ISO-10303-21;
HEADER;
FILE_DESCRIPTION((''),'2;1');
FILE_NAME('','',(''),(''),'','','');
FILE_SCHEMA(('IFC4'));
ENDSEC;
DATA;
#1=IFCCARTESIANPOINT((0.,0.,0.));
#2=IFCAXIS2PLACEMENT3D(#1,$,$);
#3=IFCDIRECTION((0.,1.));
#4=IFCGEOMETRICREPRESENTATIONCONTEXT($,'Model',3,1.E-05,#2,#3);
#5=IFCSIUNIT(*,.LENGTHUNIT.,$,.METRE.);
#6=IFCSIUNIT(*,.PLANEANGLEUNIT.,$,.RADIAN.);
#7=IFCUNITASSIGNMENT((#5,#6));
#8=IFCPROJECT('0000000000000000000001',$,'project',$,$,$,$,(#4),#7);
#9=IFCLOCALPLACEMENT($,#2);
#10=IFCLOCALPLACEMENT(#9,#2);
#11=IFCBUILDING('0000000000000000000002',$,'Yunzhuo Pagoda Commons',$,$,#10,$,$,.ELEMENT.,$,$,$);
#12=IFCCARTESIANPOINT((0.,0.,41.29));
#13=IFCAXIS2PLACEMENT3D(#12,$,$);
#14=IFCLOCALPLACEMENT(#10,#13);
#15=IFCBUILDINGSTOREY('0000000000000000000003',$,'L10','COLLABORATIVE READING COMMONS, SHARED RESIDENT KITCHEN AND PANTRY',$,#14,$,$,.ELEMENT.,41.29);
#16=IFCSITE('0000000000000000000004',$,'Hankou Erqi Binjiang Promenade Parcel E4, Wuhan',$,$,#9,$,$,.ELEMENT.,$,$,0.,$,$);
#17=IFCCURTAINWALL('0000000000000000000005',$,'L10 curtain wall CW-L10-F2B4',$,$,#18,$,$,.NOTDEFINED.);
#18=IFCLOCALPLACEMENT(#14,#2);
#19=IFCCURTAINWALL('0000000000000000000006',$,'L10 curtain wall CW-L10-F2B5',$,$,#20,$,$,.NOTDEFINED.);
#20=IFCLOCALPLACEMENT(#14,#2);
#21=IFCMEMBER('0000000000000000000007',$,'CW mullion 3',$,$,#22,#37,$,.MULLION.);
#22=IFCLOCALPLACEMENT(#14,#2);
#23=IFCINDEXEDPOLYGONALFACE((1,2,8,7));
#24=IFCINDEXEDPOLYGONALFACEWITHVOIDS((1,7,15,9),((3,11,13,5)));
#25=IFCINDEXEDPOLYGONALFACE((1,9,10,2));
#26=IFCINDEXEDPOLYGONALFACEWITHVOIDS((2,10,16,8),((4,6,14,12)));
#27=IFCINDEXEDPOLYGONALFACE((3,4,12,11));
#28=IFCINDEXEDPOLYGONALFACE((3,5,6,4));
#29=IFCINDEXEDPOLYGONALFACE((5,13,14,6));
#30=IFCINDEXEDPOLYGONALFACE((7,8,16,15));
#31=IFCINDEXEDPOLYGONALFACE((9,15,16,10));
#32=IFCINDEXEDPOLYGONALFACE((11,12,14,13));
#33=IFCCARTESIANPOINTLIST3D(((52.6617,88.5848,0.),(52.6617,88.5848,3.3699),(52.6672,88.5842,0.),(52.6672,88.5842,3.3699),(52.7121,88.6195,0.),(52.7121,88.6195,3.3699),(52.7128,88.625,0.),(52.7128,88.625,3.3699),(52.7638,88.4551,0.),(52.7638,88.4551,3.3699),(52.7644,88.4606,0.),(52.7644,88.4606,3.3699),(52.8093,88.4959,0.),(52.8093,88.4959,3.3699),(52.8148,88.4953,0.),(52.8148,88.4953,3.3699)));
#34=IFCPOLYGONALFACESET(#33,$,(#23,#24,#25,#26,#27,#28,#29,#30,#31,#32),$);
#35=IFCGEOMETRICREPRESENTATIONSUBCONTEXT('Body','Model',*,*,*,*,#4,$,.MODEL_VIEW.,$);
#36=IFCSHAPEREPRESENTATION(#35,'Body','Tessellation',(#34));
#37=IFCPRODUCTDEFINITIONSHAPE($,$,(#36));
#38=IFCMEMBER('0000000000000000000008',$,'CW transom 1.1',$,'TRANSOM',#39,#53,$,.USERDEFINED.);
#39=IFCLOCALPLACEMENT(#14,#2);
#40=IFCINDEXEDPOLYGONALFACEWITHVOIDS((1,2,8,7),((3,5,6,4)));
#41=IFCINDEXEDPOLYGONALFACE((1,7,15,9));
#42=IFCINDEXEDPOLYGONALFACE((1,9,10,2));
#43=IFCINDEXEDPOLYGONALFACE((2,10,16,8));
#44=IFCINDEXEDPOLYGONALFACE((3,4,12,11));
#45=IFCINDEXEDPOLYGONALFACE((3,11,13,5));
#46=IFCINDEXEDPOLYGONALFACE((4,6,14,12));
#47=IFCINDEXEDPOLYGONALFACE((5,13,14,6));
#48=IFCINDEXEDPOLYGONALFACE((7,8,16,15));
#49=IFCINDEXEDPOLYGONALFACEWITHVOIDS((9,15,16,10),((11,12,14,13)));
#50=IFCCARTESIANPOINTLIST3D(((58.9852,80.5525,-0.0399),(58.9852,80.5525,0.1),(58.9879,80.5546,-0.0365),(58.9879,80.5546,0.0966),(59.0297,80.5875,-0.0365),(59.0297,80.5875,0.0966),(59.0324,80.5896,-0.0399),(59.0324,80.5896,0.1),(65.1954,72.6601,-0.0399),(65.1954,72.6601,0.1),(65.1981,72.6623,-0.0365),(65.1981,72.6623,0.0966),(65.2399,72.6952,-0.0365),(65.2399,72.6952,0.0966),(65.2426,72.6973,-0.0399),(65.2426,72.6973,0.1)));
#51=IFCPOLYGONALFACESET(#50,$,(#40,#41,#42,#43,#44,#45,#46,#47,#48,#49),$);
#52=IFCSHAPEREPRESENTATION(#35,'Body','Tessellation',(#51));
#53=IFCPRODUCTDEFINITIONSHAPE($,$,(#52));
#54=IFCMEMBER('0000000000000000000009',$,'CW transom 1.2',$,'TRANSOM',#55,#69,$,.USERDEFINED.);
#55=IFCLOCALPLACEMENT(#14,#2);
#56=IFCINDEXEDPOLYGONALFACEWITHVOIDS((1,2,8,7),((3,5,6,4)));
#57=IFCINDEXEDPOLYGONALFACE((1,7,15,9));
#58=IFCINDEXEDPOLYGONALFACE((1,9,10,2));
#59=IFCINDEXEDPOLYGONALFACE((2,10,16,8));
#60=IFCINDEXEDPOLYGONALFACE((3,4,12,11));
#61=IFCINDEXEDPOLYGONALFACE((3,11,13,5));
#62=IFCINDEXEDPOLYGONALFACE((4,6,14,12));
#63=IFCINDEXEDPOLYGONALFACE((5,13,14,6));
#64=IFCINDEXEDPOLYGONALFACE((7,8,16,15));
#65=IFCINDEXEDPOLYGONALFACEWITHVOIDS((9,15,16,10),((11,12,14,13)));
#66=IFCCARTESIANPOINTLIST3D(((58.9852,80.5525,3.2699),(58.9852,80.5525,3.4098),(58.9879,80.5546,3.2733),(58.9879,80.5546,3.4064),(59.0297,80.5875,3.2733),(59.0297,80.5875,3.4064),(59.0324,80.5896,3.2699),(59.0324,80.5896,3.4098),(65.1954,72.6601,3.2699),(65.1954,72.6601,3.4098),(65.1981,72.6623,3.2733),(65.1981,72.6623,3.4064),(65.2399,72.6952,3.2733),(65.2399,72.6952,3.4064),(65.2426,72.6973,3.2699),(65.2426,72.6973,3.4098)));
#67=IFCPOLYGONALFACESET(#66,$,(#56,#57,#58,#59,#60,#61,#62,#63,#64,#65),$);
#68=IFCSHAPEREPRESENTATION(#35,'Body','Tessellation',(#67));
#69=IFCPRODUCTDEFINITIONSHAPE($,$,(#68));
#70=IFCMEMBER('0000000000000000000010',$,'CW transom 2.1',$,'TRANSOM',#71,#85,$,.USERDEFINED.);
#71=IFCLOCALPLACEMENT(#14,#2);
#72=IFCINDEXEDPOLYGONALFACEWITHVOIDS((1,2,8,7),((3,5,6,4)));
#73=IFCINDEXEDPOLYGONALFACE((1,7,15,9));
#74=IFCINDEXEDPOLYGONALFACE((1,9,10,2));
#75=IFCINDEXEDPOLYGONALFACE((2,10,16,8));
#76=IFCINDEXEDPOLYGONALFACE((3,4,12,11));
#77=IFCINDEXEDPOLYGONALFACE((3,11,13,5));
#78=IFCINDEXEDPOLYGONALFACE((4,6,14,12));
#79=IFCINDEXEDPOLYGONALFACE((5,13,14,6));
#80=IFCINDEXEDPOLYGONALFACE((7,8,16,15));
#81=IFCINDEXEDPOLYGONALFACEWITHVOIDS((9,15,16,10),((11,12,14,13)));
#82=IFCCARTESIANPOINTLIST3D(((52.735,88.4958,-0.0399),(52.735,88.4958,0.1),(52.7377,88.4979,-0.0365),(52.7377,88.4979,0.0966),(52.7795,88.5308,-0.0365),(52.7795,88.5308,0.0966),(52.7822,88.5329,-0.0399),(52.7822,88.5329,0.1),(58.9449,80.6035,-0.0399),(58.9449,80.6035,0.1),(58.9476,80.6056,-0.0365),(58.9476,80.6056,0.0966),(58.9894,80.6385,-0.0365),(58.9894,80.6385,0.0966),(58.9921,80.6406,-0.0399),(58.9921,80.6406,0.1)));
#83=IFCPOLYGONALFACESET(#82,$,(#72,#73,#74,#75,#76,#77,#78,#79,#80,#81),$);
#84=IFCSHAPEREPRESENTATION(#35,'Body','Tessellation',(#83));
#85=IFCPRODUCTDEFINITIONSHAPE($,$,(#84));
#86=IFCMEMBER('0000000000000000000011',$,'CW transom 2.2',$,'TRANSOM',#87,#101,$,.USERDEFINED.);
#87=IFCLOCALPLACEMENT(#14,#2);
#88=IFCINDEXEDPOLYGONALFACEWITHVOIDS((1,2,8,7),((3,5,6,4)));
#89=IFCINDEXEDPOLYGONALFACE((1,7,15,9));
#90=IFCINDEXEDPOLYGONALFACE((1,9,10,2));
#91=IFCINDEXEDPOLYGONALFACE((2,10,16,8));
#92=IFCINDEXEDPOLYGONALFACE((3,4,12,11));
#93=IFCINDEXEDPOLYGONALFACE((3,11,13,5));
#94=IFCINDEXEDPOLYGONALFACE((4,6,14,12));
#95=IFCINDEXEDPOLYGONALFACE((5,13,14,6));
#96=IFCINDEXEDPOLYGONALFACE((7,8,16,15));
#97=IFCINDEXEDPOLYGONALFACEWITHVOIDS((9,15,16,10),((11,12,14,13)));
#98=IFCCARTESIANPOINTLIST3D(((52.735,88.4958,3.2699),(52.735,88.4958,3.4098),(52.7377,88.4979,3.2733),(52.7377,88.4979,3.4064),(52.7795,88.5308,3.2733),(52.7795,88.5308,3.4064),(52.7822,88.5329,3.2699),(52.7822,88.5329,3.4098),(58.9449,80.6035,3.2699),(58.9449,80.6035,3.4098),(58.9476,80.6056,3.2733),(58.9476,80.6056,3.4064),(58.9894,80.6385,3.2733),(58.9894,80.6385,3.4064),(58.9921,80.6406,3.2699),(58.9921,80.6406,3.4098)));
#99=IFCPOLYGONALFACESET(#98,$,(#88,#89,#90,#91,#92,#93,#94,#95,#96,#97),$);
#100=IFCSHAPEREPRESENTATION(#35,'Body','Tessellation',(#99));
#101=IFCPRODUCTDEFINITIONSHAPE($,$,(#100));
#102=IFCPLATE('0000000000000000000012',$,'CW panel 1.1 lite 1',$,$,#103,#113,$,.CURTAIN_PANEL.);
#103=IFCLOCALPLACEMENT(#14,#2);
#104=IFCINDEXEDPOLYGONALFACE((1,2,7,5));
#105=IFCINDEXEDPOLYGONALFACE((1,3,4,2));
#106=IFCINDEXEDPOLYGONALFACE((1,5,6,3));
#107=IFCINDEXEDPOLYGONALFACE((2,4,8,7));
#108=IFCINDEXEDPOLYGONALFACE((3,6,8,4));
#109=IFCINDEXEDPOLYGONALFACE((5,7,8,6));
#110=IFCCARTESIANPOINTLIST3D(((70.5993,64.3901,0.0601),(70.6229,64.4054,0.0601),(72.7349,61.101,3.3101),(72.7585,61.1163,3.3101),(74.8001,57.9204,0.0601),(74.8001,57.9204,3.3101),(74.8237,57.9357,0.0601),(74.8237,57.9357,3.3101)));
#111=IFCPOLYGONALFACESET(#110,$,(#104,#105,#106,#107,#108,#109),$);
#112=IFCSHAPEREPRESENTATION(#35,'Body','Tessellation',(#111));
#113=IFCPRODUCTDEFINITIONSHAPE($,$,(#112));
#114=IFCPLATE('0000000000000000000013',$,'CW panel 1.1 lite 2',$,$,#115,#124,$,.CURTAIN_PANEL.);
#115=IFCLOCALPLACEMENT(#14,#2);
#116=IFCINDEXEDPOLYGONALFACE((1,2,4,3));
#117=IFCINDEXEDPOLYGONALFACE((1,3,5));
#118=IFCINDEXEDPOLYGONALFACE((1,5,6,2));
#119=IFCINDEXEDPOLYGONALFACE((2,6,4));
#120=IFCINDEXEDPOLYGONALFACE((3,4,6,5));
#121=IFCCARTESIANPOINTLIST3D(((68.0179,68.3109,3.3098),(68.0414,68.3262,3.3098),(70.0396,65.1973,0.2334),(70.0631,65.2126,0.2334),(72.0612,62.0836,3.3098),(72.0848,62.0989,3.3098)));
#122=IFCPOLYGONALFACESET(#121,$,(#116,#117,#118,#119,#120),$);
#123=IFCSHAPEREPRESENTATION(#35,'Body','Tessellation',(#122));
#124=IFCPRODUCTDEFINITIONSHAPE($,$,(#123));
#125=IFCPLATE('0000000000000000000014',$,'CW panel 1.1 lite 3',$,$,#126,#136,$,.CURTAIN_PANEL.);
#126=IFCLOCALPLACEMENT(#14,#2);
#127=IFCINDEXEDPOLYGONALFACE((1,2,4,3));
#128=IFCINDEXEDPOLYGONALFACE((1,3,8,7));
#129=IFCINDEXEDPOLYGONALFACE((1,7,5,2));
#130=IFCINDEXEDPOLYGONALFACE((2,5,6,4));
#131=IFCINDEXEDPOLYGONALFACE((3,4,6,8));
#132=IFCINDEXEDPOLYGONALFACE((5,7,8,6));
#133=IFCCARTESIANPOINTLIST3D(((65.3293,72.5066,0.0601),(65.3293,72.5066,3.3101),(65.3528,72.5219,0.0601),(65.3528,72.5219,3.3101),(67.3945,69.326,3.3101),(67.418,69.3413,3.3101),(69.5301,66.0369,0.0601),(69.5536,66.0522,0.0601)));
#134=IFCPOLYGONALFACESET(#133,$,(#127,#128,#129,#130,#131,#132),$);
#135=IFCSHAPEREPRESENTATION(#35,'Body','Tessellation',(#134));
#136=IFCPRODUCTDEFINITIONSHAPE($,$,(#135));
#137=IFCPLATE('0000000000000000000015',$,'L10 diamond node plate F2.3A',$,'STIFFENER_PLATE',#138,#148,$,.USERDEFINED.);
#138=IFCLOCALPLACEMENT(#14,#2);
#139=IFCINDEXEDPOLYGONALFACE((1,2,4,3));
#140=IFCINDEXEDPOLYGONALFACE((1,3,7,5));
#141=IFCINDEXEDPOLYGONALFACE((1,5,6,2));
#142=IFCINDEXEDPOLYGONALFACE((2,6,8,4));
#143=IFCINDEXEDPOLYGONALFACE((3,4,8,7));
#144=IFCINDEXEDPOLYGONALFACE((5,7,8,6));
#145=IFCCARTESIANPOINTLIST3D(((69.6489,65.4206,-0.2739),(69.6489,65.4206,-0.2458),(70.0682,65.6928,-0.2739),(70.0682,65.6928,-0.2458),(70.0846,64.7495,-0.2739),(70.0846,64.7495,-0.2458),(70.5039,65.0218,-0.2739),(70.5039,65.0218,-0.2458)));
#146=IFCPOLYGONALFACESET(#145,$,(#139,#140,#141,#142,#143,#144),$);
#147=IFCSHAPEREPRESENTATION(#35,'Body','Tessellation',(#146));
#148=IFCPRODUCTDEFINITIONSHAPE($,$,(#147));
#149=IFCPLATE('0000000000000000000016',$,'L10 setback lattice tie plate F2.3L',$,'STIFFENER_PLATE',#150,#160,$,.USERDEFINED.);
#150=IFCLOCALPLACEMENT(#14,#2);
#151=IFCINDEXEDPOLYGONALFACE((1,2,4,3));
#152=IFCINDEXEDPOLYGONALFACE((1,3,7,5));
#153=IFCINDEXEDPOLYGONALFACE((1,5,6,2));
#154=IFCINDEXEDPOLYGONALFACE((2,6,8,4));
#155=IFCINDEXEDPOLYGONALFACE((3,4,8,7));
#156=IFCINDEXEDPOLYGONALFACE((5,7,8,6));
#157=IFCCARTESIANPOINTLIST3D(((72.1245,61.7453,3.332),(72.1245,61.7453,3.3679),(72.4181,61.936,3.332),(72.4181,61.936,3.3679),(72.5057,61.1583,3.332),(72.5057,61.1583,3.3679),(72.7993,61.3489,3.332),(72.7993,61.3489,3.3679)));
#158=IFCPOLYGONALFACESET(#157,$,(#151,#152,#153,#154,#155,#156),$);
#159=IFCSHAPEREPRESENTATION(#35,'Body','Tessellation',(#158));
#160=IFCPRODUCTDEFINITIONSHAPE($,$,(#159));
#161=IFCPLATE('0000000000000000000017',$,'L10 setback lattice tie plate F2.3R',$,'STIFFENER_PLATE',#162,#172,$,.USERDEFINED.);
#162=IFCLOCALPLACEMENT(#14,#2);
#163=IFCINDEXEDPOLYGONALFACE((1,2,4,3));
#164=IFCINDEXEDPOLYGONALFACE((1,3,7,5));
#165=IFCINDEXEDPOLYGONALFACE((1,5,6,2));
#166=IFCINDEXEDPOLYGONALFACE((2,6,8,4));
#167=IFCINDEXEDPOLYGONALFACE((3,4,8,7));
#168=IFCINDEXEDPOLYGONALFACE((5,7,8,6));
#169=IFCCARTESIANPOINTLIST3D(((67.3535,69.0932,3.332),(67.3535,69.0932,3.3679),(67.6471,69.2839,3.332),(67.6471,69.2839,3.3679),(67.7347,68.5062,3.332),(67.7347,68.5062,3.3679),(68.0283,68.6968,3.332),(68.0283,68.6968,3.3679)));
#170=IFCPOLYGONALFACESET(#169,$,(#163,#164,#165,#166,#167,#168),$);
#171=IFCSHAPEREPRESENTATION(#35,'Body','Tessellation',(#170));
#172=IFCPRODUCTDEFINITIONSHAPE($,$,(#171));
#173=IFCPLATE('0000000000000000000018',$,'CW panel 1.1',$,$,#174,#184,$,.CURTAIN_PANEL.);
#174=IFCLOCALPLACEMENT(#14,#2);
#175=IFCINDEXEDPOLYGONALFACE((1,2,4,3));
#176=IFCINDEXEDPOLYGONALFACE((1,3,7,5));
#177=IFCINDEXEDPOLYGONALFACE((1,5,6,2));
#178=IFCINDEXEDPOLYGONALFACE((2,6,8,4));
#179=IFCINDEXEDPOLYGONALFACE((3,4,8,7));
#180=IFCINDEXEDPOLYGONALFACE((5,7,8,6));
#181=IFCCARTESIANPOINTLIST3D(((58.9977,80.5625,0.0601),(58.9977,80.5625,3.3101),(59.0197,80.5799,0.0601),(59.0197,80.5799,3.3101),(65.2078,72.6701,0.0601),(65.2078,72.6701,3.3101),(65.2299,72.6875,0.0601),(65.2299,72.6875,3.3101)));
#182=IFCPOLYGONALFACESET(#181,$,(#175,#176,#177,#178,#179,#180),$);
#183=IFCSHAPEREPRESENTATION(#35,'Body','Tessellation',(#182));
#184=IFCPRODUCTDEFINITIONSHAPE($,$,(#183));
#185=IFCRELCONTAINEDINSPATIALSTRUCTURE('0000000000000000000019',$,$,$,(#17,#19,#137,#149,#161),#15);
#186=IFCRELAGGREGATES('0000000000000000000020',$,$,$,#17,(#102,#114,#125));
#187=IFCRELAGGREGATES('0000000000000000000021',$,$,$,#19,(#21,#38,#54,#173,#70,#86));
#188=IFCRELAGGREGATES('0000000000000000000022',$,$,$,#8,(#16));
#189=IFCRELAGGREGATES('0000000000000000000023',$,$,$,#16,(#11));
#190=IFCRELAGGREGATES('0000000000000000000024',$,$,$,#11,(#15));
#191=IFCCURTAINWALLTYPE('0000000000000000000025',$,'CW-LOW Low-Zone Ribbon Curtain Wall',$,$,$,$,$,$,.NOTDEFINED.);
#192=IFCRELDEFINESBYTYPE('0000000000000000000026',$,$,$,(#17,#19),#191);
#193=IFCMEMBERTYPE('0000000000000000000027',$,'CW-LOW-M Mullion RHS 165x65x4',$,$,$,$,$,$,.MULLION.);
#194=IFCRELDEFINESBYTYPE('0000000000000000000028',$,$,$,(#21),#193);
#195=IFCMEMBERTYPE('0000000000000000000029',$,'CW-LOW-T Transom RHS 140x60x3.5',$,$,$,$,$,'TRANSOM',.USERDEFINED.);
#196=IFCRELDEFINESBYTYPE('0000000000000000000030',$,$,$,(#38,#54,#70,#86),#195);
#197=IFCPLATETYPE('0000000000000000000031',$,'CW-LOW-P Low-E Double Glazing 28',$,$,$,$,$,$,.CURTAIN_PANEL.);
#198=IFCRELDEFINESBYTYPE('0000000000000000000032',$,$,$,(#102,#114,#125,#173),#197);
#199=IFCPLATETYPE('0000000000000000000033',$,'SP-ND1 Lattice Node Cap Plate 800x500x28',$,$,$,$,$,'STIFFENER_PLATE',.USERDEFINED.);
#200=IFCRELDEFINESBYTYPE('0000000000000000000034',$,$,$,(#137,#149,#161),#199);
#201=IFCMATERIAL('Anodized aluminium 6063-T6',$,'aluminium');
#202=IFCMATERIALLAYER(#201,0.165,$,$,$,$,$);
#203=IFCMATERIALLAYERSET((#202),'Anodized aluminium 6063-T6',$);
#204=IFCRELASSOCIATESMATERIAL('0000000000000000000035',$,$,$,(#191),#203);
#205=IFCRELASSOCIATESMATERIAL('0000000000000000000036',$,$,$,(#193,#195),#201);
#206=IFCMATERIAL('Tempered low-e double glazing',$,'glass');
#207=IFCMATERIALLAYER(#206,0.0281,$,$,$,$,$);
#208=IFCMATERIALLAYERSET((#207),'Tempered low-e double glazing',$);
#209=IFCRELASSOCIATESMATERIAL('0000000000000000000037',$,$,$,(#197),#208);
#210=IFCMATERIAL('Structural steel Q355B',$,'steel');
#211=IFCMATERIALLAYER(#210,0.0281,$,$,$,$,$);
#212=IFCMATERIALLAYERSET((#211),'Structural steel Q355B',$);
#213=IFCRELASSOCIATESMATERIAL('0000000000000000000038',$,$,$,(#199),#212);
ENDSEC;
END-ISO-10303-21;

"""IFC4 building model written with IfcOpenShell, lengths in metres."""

from ifc_helpers import new_model, si_unit, direction, frame, origin, origin_2d, place, context, subcontext, project, spatial, polyline, rectangle, hollow_rectangle, outline, extrude, source, transform, mapped, material, layer, layer_set, material_profile, profile_set, type_object, element, aggregate, save


model = new_model("IFC4")

# Units and contexts
model_context = context("Model", 3, precision=1e-05, world=origin(), true_north=direction((0.0, 1.0)))
body_context = subcontext(model_context, "Body", "Model", "MODEL_VIEW")
ifc_project = project(units=[si_unit("LENGTHUNIT", "METRE"), si_unit("PLANEANGLEUNIT", "RADIAN")], contexts=[model_context])

# Site, building, storey
site_placement = place(None, origin())
site = spatial("IfcSite", under=ifc_project, at=site_placement, Name="Hankou Erqi Binjiang Promenade Parcel E4, Wuhan", CompositionType="ELEMENT", RefElevation=0.0)
building_placement = place(site_placement, origin())
building = spatial("IfcBuilding", under=site, at=building_placement, Name="Yunzhuo Pagoda Commons", CompositionType="ELEMENT")
storey_placement = place(building_placement, frame((0.0, 0.0, 41.29)))
storey = spatial("IfcBuildingStorey", under=building, at=storey_placement, Name="L10", Description="COLLABORATIVE READING COMMONS, SHARED RESIDENT KITCHEN AND PANTRY", CompositionType="ELEMENT", Elevation=41.29)

# Shared definitions
ifc_material_1 = material(Name="Structural steel Q355B", Category="steel")

# Curtain wall
ifc_material_2 = material(Name="Anodized aluminium 6063-T6", Category="aluminium")
ifc_layer_1 = layer(ifc_material_2, 0.165)
ifc_layer_set_1 = layer_set([ifc_layer_1], Name="Anodized aluminium 6063-T6")
curtain_wall_type = type_object("IfcCurtainWallType", Name="CW-LOW Low-Zone Ribbon Curtain Wall", PredefinedType="NOTDEFINED", material=ifc_layer_set_1)
curtain_wall_1_placement = place(storey_placement, origin())
curtain_wall_1 = element("IfcCurtainWall", 1, at=curtain_wall_1_placement, inside=storey, type_object=curtain_wall_type, Name="L10 curtain wall CW-L10-F2B4", PredefinedType="NOTDEFINED")
ifc_material_profile_1 = material_profile(ifc_material_2, hollow_rectangle(XDim=0.0649, YDim=0.165, WallThickness=0.0039, at=origin_2d()), Name="Anodized aluminium 6063-T6")
ifc_profile_set_1 = profile_set([ifc_material_profile_1], Name="Anodized aluminium 6063-T6")
member_type_1 = type_object("IfcMemberType", Name="CW-LOW-M Mullion RHS 165x65x4", PredefinedType="MULLION", material=ifc_profile_set_1)
shared_shape_1 = source(origin(), body_context, "Body", "SweptSolid", [
    extrude(hollow_rectangle(XDim=0.0649, YDim=0.165, WallThickness=0.0039, at=origin_2d()), origin(), (0.0, 0.0, 1.0), 3.3699),
])

# Curtain wall, members
curtain_wall_2_placement = place(storey_placement, origin())
curtain_wall_2 = element("IfcCurtainWall", 2, at=curtain_wall_2_placement, inside=storey, type_object=curtain_wall_type, Name="L10 curtain wall CW-L10-F2B5", PredefinedType="NOTDEFINED")
member_1_placement = place(storey_placement, frame((52.7383, 88.54, 0.0), z_axis=(0.0, 0.0, 1.0), x_axis=(-0.785883, -0.618375, 0.0)))
member_1 = element("IfcMember", 3, at=member_1_placement, type_object=member_type_1, Name="CW mullion 3", PredefinedType="MULLION", context=body_context, shape_type="MappedRepresentation", body=[
    mapped(shared_shape_1, transform((0.0, 0.0, 0.0), scale=1.0)),
])
ifc_material_profile_2 = material_profile(ifc_material_2, hollow_rectangle(XDim=0.0601, YDim=0.1399, WallThickness=0.0034, at=origin_2d()), Name="Anodized aluminium 6063-T6")
ifc_profile_set_2 = profile_set([ifc_material_profile_2], Name="Anodized aluminium 6063-T6")
member_type_2 = type_object("IfcMemberType", Name="CW-LOW-T Transom RHS 140x60x3.5", ElementType="TRANSOM", PredefinedType="USERDEFINED", material=ifc_profile_set_2)
shared_shape_2 = source(origin(), body_context, "Body", "SweptSolid", [
    extrude(hollow_rectangle(XDim=0.0601, YDim=0.1399, WallThickness=0.0034, at=origin_2d()), origin(), (0.0, 0.0, 1.0), 10.0427),
])
member_2_placement = place(storey_placement, frame((65.219, 72.6787, 0.03), z_axis=(-0.618381, 0.785879, 0.0), x_axis=(-0.785879, -0.618381, 0.0)))
member_2 = element("IfcMember", 4, at=member_2_placement, type_object=member_type_2, Name="CW transom 1.1", ObjectType="TRANSOM", PredefinedType="USERDEFINED", context=body_context, shape_type="MappedRepresentation", body=[
    mapped(shared_shape_2, transform((0.0, 0.0, 0.0), scale=1.0)),
])
member_3_placement = place(storey_placement, frame((65.219, 72.6787, 3.3398), z_axis=(-0.618381, 0.785879, 0.0), x_axis=(-0.785879, -0.618381, 0.0)))
member_3 = element("IfcMember", 5, at=member_3_placement, type_object=member_type_2, Name="CW transom 1.2", ObjectType="TRANSOM", PredefinedType="USERDEFINED", context=body_context, shape_type="MappedRepresentation", body=[
    mapped(shared_shape_2, transform((0.0, 0.0, 0.0), scale=1.0)),
])
shared_shape_3 = source(origin(), body_context, "Body", "SweptSolid", [
    extrude(hollow_rectangle(XDim=0.0601, YDim=0.1399, WallThickness=0.0034, at=origin_2d()), origin(), (0.0, 0.0, 1.0), 10.0425),
])
member_4_placement = place(storey_placement, frame((58.9685, 80.6221, 0.03), z_axis=(-0.618366, 0.78589, 0.0), x_axis=(-0.78589, -0.618366, 0.0)))
member_4 = element("IfcMember", 6, at=member_4_placement, type_object=member_type_2, Name="CW transom 2.1", ObjectType="TRANSOM", PredefinedType="USERDEFINED", context=body_context, shape_type="MappedRepresentation", body=[
    mapped(shared_shape_3, transform((0.0, 0.0, 0.0), scale=1.0)),
])
member_5_placement = place(storey_placement, frame((58.9685, 80.6221, 3.3398), z_axis=(-0.618366, 0.78589, 0.0), x_axis=(-0.78589, -0.618366, 0.0)))
member_5 = element("IfcMember", 7, at=member_5_placement, type_object=member_type_2, Name="CW transom 2.2", ObjectType="TRANSOM", PredefinedType="USERDEFINED", context=body_context, shape_type="MappedRepresentation", body=[
    mapped(shared_shape_3, transform((0.0, 0.0, 0.0), scale=1.0)),
])

# Plates
ifc_material_3 = material(Name="Tempered low-e double glazing", Category="glass")
ifc_layer_2 = layer(ifc_material_3, 0.0281)
ifc_layer_set_2 = layer_set([ifc_layer_2], Name="Tempered low-e double glazing")
plate_type_1 = type_object("IfcPlateType", Name="CW-LOW-P Low-E Double Glazing 28", PredefinedType="CURTAIN_PANEL", material=ifc_layer_set_2)
plate_1_placement = place(storey_placement, frame((72.6997, 61.1553, 1.6851), z_axis=(0.83871, 0.544579, 0.0), x_axis=(-0.544579, 0.83871, 0.0)))
plate_1 = element("IfcPlate", 8, at=plate_1_placement, type_object=plate_type_1, Name="CW panel 1.1 lite 1", PredefinedType="CURTAIN_PANEL", context=body_context, shape_type="SweptSolid", body=[
    extrude(outline(polyline([(-3.8569, -1.625), (3.8569, -1.625), (-0.0647, 1.625), (-3.8569, 1.625), (-3.8569, -1.625)])), origin(), (0.0, 0.0, 1.0), 0.0281),
])
plate_2_placement = place(storey_placement, frame((70.0396, 65.1973, 1.7717), z_axis=(0.83871, 0.544579, 0.0), x_axis=(-0.544579, 0.83871, 0.0)))
plate_2 = element("IfcPlate", 9, at=plate_2_placement, type_object=plate_type_1, Name="CW panel 1.1 lite 2", PredefinedType="CURTAIN_PANEL", context=body_context, shape_type="SweptSolid", body=[
    extrude(outline(polyline([(-3.7124, 1.5381), (0.0, -1.5383), (3.7124, 1.5381), (-3.7124, 1.5381)])), origin(), (0.0, 0.0, 1.0), 0.0281),
])
plate_3_placement = place(storey_placement, frame((67.4297, 69.2717, 1.6851), z_axis=(0.83871, 0.544579, 0.0), x_axis=(-0.544579, 0.83871, 0.0)))
plate_3 = element("IfcPlate", 10, at=plate_3_placement, type_object=plate_type_1, Name="CW panel 1.1 lite 3", PredefinedType="CURTAIN_PANEL", context=body_context, shape_type="SweptSolid", body=[
    extrude(outline(polyline([(-3.8569, -1.625), (3.8569, -1.625), (3.8569, 1.625), (0.0647, 1.625), (-3.8569, -1.625)])), origin(), (0.0, 0.0, 1.0), 0.0281),
])
aggregate(curtain_wall_1, [plate_1, plate_2, plate_3])

# Plates
ifc_layer_3 = layer(ifc_material_1, 0.0281)
ifc_layer_set_3 = layer_set([ifc_layer_3], Name="Structural steel Q355B")
plate_type_2 = type_object("IfcPlateType", Name="SP-ND1 Lattice Node Cap Plate 800x500x28", ElementType="STIFFENER_PLATE", PredefinedType="USERDEFINED", material=ifc_layer_set_3)
shared_shape_4 = source(origin(), body_context, "Body", "SweptSolid", [
    extrude(rectangle(XDim=0.8, YDim=0.5, at=origin_2d()), origin(), (0.0, 0.0, 1.0), 0.0281),
])
plate_4_placement = place(storey_placement, frame((70.0764, 65.2212, -0.2739), z_axis=(0.0, 0.0, 1.0), x_axis=(-0.54458, 0.838709, 0.0)))
element("IfcPlate", 11, at=plate_4_placement, inside=storey, type_object=plate_type_2, Name="L10 diamond node plate F2.3A", ObjectType="STIFFENER_PLATE", PredefinedType="USERDEFINED", context=body_context, shape_type="MappedRepresentation", body=[
    mapped(shared_shape_4, transform((0.0, 0.0, 0.0), scale=1.0)),
])
shared_shape_5 = source(origin(), body_context, "Body", "SweptSolid", [
    extrude(rectangle(XDim=0.7, YDim=0.3501, at=origin_2d()), origin(), (0.0, 0.0, 1.0), 0.0359),
])
for number, where, z_axis, x_axis, name in (
    (12, (72.4619, 61.5471, 3.332), (0.0, 0.0, 1.0), (-0.54458, 0.838709, 0.0), "L10 setback lattice tie plate F2.3L"),
    (13, (67.6909, 68.895, 3.332), (0.0, 0.0, 1.0), (-0.54458, 0.838709, 0.0), "L10 setback lattice tie plate F2.3R"),
):
    element("IfcPlate", number, at=place(storey_placement, frame(where, z_axis=z_axis, x_axis=x_axis)), inside=storey, type_object=plate_type_2, Name=name, ObjectType="STIFFENER_PLATE", PredefinedType="USERDEFINED", context=body_context, shape_type="MappedRepresentation", body=[
        mapped(shared_shape_5, transform((0.0, 0.0, 0.0), scale=1.0)),
    ])

# Plate
shared_shape_6 = source(origin(), body_context, "Body", "SweptSolid", [
    extrude(rectangle(XDim=10.0427, YDim=0.0281, at=origin_2d()), origin(), (0.0, 0.0, 1.0), 3.25),
])
plate_5_placement = place(storey_placement, frame((62.1138, 76.625, 0.0601), z_axis=(0.0, 0.0, 1.0), x_axis=(-0.618375, 0.785883, 0.0)))
plate_5 = element("IfcPlate", 14, at=plate_5_placement, type_object=plate_type_1, Name="CW panel 1.1", PredefinedType="CURTAIN_PANEL", context=body_context, shape_type="MappedRepresentation", body=[
    mapped(shared_shape_6, transform((0.0, 0.0, 0.0), scale=1.0)),
])
aggregate(curtain_wall_2, [member_1, member_2, member_3, plate_5, member_4, member_5])

save(model, "model.ifc")
